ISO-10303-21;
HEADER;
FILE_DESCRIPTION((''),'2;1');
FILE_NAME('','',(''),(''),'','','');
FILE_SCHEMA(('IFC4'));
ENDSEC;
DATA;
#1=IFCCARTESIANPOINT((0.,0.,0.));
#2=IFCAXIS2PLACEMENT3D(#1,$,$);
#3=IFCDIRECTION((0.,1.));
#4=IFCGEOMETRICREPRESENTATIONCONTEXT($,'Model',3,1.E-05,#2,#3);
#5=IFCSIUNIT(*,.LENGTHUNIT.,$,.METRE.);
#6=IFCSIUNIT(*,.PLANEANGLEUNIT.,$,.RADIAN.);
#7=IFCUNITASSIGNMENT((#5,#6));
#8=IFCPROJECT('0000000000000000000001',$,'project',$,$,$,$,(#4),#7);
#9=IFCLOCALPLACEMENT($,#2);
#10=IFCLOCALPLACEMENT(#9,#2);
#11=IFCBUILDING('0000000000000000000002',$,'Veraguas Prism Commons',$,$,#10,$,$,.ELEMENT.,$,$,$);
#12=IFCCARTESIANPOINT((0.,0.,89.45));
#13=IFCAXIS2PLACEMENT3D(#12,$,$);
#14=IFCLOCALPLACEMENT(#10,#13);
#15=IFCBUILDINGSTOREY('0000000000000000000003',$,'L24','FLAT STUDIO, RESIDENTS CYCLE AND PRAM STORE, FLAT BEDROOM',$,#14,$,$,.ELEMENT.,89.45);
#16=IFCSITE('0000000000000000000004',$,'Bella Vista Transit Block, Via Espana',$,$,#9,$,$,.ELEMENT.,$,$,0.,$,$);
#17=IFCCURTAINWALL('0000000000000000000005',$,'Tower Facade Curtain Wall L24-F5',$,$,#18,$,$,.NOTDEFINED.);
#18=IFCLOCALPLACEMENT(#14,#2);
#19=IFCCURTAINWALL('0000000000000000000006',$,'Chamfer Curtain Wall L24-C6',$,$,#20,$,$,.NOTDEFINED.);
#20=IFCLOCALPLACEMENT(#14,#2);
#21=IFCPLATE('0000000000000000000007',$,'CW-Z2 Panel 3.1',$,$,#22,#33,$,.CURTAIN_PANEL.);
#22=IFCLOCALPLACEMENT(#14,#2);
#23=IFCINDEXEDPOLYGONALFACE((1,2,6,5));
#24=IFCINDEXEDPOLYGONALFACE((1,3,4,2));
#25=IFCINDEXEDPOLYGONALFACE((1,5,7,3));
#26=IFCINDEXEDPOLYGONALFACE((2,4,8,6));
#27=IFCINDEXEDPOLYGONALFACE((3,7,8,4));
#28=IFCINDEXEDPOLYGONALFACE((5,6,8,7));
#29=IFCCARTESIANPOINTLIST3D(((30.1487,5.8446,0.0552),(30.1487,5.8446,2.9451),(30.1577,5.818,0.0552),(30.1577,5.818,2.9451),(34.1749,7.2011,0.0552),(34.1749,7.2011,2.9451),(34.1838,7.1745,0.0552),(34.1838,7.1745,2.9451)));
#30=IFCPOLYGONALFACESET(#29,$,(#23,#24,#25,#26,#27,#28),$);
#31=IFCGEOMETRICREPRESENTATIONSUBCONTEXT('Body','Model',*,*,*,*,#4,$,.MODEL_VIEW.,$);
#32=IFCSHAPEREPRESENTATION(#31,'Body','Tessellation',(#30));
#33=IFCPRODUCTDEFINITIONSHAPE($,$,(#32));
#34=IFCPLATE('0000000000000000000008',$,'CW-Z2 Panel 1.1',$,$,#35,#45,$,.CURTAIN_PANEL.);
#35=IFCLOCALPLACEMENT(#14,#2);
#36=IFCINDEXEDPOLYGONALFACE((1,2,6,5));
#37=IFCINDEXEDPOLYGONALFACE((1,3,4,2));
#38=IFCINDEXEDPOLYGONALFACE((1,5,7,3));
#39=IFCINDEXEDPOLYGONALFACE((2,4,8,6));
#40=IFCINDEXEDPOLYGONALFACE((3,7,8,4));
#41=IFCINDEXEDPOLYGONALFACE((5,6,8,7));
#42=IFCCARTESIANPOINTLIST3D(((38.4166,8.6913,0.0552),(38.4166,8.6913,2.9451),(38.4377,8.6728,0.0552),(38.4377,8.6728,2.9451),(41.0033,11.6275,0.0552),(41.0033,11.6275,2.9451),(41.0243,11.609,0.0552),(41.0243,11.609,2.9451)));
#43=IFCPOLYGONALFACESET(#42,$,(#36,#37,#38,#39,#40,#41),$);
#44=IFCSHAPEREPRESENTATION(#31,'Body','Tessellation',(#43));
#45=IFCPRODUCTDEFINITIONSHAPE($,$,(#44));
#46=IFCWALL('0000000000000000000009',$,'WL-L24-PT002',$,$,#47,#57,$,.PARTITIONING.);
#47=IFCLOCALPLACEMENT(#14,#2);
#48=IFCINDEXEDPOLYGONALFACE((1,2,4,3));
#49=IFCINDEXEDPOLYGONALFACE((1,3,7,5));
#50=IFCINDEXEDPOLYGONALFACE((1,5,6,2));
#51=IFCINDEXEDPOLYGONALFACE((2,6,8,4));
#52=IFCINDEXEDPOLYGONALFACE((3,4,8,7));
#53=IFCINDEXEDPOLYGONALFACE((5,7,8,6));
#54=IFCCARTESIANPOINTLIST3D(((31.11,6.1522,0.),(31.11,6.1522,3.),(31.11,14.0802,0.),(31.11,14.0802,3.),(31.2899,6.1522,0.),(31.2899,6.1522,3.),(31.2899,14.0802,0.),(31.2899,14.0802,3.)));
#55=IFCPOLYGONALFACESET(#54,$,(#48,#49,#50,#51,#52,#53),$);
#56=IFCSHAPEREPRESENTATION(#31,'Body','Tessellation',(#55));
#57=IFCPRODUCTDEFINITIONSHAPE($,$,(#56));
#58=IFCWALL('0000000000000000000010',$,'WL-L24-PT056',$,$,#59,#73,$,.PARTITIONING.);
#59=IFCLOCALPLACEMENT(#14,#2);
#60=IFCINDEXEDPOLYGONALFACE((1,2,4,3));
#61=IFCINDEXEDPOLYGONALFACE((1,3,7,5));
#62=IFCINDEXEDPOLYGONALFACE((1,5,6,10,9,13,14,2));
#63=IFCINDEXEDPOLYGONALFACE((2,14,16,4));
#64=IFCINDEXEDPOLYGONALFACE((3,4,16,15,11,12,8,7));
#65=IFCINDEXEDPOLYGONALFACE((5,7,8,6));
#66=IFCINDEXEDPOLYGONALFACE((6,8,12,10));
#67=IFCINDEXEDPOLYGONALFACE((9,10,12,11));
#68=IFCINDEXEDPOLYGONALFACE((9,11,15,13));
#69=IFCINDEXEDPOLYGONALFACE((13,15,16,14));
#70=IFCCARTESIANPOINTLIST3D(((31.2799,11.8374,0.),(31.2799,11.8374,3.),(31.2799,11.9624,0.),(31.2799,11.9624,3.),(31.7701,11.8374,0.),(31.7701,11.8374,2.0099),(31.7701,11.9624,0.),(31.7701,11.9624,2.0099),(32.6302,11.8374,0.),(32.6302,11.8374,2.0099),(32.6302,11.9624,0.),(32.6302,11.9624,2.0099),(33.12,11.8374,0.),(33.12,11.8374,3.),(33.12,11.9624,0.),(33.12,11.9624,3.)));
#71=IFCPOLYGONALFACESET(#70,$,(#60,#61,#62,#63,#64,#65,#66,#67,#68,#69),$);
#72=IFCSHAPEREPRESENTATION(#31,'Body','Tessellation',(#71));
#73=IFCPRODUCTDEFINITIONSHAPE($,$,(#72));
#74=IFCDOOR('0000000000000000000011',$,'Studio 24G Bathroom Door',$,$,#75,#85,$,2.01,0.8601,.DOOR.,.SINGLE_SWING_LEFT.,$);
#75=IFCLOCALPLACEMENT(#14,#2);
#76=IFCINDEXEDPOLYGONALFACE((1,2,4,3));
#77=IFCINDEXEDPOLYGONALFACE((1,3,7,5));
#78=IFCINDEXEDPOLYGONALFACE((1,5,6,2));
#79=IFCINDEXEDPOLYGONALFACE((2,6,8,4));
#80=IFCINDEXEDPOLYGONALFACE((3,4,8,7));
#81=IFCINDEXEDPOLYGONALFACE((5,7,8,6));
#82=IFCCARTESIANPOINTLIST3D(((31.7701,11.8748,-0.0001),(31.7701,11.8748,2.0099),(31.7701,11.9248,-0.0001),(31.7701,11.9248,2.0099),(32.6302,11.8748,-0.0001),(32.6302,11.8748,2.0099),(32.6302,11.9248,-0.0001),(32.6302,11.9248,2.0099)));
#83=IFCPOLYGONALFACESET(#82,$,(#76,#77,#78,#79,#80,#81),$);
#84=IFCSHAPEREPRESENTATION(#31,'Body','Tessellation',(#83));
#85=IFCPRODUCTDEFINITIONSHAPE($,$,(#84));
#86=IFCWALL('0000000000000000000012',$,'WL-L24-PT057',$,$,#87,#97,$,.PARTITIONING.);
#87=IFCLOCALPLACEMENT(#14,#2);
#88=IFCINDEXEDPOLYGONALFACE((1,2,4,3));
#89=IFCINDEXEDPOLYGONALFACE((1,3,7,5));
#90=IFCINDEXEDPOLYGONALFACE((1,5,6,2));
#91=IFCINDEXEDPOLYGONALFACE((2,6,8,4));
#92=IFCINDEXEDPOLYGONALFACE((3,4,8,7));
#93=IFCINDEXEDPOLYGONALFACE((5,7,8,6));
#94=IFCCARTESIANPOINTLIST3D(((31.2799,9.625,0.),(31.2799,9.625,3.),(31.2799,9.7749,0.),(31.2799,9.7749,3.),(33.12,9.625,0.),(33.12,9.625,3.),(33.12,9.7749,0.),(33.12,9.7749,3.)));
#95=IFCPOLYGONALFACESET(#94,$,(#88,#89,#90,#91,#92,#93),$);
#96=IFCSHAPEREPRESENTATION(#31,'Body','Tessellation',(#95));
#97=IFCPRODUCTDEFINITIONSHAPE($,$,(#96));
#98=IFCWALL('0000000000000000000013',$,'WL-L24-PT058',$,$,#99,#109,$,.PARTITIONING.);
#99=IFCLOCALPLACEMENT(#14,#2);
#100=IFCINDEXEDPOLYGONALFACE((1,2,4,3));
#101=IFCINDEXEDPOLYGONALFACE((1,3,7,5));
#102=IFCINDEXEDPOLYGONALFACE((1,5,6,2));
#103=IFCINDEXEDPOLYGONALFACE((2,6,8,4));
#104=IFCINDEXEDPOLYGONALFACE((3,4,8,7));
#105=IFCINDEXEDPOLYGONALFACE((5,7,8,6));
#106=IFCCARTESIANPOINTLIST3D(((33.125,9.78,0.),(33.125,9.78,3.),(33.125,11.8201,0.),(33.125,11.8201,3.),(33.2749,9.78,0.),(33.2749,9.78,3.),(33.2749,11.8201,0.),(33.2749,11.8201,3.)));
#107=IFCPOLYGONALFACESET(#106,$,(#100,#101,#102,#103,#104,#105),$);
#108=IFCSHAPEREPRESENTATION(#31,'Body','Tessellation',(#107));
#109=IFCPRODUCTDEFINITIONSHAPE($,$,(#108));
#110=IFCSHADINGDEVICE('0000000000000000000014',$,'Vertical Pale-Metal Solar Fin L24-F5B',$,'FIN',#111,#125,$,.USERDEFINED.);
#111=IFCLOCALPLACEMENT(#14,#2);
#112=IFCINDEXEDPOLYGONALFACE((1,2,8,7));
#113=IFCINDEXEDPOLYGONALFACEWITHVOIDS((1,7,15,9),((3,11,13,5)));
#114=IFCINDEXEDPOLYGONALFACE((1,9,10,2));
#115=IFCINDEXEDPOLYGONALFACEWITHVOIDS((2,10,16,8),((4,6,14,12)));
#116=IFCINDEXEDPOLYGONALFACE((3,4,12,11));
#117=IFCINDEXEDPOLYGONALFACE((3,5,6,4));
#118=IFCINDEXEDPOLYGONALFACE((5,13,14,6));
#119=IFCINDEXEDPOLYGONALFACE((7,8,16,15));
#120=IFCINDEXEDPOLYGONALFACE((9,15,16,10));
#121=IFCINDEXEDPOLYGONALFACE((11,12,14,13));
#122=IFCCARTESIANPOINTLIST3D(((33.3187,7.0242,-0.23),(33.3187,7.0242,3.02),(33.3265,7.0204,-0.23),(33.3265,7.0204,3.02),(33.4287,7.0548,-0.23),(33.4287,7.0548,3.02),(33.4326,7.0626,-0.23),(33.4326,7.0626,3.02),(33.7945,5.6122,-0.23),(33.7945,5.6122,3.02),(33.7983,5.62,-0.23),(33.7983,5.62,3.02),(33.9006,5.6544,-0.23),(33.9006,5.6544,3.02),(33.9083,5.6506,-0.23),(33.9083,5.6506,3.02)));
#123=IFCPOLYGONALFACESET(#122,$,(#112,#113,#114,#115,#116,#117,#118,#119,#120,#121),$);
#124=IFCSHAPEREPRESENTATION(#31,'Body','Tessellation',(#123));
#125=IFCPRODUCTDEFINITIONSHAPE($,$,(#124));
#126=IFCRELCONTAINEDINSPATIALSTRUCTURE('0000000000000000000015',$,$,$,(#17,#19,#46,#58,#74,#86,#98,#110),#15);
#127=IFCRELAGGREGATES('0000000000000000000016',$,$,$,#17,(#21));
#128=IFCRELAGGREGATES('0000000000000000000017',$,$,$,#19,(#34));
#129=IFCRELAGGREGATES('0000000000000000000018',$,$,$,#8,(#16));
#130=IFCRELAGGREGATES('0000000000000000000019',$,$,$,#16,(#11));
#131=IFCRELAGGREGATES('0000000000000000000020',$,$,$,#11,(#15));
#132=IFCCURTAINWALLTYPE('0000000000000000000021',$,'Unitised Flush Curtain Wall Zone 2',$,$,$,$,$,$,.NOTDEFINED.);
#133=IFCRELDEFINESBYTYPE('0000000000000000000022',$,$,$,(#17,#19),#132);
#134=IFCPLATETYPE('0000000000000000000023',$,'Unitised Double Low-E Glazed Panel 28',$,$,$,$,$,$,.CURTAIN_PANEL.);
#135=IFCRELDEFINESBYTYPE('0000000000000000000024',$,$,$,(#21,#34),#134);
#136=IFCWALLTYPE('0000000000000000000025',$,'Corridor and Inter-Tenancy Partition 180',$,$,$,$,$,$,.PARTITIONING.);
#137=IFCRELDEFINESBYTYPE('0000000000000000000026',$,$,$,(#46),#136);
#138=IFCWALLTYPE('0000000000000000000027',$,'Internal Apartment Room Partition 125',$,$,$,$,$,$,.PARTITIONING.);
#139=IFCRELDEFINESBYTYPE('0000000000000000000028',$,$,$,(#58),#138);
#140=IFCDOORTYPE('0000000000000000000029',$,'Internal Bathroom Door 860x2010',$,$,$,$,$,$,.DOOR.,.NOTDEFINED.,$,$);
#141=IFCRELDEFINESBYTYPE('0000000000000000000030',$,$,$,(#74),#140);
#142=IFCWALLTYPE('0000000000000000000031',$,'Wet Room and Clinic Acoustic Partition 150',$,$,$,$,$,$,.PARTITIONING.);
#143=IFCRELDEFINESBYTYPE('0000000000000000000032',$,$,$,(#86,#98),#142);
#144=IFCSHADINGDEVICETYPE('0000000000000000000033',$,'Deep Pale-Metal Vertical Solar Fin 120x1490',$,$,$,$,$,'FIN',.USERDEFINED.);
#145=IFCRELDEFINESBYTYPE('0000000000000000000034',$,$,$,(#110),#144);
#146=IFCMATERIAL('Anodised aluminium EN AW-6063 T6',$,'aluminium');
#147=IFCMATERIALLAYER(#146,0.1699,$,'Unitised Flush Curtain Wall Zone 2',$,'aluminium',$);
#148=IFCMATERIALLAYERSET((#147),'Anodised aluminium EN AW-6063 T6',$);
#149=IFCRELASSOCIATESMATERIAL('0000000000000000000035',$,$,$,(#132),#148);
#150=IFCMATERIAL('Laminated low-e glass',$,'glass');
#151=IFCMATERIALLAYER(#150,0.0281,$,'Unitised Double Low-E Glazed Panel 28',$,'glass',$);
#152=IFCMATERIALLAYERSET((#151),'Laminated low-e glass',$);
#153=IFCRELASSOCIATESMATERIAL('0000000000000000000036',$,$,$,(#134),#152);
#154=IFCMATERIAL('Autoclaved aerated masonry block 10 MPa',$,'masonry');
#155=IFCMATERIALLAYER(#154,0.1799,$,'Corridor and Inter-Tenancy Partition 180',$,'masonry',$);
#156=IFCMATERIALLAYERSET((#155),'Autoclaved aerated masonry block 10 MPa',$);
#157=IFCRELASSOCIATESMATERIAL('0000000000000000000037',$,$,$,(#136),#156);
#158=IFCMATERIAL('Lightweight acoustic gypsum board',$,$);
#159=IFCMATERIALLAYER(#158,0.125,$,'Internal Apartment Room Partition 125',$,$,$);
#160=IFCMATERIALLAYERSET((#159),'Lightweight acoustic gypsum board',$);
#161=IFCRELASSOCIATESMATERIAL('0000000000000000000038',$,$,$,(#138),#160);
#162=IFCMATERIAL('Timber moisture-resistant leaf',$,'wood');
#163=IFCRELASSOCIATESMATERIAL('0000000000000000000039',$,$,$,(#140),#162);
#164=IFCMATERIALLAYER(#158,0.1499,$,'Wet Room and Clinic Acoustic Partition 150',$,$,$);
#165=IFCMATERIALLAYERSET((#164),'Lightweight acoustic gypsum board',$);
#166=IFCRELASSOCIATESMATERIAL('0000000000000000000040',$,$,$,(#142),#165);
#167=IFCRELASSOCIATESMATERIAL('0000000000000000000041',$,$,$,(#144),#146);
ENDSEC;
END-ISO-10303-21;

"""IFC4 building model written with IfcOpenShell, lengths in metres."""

from ifc_helpers import new_model, si_unit, direction, frame, frame_2d, origin, origin_2d, place, context, subcontext, project, spatial, rectangle, hollow_rectangle, extrude, source, transform, mapped, material, layer, layer_set, material_profile, profile_set, type_object, element, fill, aggregate, save


model = new_model("IFC4")

# Units and contexts
model_context = context("Model", 3, precision=1e-05, world=origin(), true_north=direction((0.0, 1.0)))
body_context = subcontext(model_context, "Body", "Model", "MODEL_VIEW")
ifc_project = project(units=[si_unit("LENGTHUNIT", "METRE"), si_unit("PLANEANGLEUNIT", "RADIAN")], contexts=[model_context])

# Site, building, storey
site_placement = place(None, origin())
site = spatial("IfcSite", under=ifc_project, at=site_placement, Name="Bella Vista Transit Block, Via Espana", CompositionType="ELEMENT", RefElevation=0.0)
building_placement = place(site_placement, origin())
building = spatial("IfcBuilding", under=site, at=building_placement, Name="Veraguas Prism Commons", CompositionType="ELEMENT")
storey_placement = place(building_placement, frame((0.0, 0.0, 89.45)))
storey = spatial("IfcBuildingStorey", under=building, at=storey_placement, Name="L24", Description="FLAT STUDIO, RESIDENTS CYCLE AND PRAM STORE, FLAT BEDROOM", CompositionType="ELEMENT", Elevation=89.45)

# Curtain wall
ifc_material_1 = material(Name="Anodised aluminium EN AW-6063 T6", Category="aluminium")
ifc_layer_1 = layer(ifc_material_1, 0.1699, Name="Unitised Flush Curtain Wall Zone 2", Category="aluminium")
ifc_layer_set_1 = layer_set([ifc_layer_1], Name="Anodised aluminium EN AW-6063 T6")
curtain_wall_type = type_object("IfcCurtainWallType", Name="Unitised Flush Curtain Wall Zone 2", PredefinedType="NOTDEFINED", material=ifc_layer_set_1)
curtain_wall_1_placement = place(storey_placement, origin())
curtain_wall_1 = element("IfcCurtainWall", 1, at=curtain_wall_1_placement, inside=storey, type_object=curtain_wall_type, Name="Tower Facade Curtain Wall L24-F5", PredefinedType="NOTDEFINED")

# Curtain wall
curtain_wall_2_placement = place(storey_placement, origin())
curtain_wall_2 = element("IfcCurtainWall", 2, at=curtain_wall_2_placement, inside=storey, type_object=curtain_wall_type, Name="Chamfer Curtain Wall L24-C6", PredefinedType="NOTDEFINED")

# Plates
ifc_material_2 = material(Name="Laminated low-e glass", Category="glass")
ifc_layer_2 = layer(ifc_material_2, 0.0281, Name="Unitised Double Low-E Glazed Panel 28", Category="glass")
ifc_layer_set_2 = layer_set([ifc_layer_2], Name="Laminated low-e glass")
plate_type = type_object("IfcPlateType", Name="Unitised Double Low-E Glazed Panel 28", PredefinedType="CURTAIN_PANEL", material=ifc_layer_set_2)
shared_shape_1 = source(origin(), body_context, "Body", "SweptSolid", [
    extrude(rectangle(XDim=4.2485, YDim=0.0281, at=origin_2d()), origin(), (0.0, 0.0, 1.0), 2.8899),
])
plate_1_placement = place(storey_placement, frame((32.1663, 6.5095, 0.0552), z_axis=(0.0, 0.0, 1.0), x_axis=(0.947659, 0.319284, 0.0)))
plate_1 = element("IfcPlate", 3, at=plate_1_placement, type_object=plate_type, Name="CW-Z2 Panel 3.1", PredefinedType="CURTAIN_PANEL", context=body_context, shape_type="MappedRepresentation", body=[
    mapped(shared_shape_1, transform((0.0, 0.0, 0.0), scale=1.0)),
])
aggregate(curtain_wall_1, [plate_1])
shared_shape_2 = source(origin(), body_context, "Body", "SweptSolid", [
    extrude(rectangle(XDim=3.9131, YDim=0.0281, at=origin_2d()), origin(), (0.0, 0.0, 1.0), 2.8899),
])
plate_2_placement = place(storey_placement, frame((39.7205, 10.1501, 0.0552), z_axis=(0.0, 0.0, 1.0), x_axis=(0.661026, 0.750363, 0.0)))
plate_2 = element("IfcPlate", 4, at=plate_2_placement, type_object=plate_type, Name="CW-Z2 Panel 1.1", PredefinedType="CURTAIN_PANEL", context=body_context, shape_type="MappedRepresentation", body=[
    mapped(shared_shape_2, transform((0.0, 0.0, 0.0), scale=1.0)),
])
aggregate(curtain_wall_2, [plate_2])

# Wall
ifc_material_3 = material(Name="Autoclaved aerated masonry block 10 MPa", Category="masonry")
ifc_layer_3 = layer(ifc_material_3, 0.1799, Name="Corridor and Inter-Tenancy Partition 180", Category="masonry")
ifc_layer_set_3 = layer_set([ifc_layer_3], Name="Autoclaved aerated masonry block 10 MPa")
wall_type_1 = type_object("IfcWallType", Name="Corridor and Inter-Tenancy Partition 180", PredefinedType="PARTITIONING", material=ifc_layer_set_3)
wall_1_placement = place(storey_placement, frame((31.2, 14.0801, 0.0), z_axis=(0.0, 0.0, 1.0), x_axis=(0.0, -1.0, 0.0)))
element("IfcWall", 5, at=wall_1_placement, inside=storey, type_object=wall_type_1, Name="WL-L24-PT002", PredefinedType="PARTITIONING", context=body_context, shape_type="SweptSolid", body=[
    extrude(rectangle(XDim=7.928, YDim=0.1799, at=frame_2d((3.9639, 0.0))), origin(), (0.0, 0.0, 1.0), 3.0),
])

# Wall, opening, door
ifc_material_4 = material(Name="Lightweight acoustic gypsum board")
ifc_layer_4 = layer(ifc_material_4, 0.125, Name="Internal Apartment Room Partition 125")
ifc_layer_set_4 = layer_set([ifc_layer_4], Name="Lightweight acoustic gypsum board")
wall_type_2 = type_object("IfcWallType", Name="Internal Apartment Room Partition 125", PredefinedType="PARTITIONING", material=ifc_layer_set_4)
wall_2_placement = place(storey_placement, frame((31.28, 11.8999, 0.0), z_axis=(0.0, 0.0, 1.0), x_axis=(1.0, 0.0, 0.0)))
wall_2 = element("IfcWall", 6, at=wall_2_placement, inside=storey, type_object=wall_type_2, Name="WL-L24-PT056", PredefinedType="PARTITIONING", context=body_context, shape_type="SweptSolid", body=[
    extrude(rectangle(XDim=1.8401, YDim=0.125, at=frame_2d((0.9199, 0.0))), origin(), (0.0, 0.0, 1.0), 3.0),
])
opening_placement = place(wall_2_placement, frame((0.49, 0.0, 0.0)))
opening = element("IfcOpeningElement", 7, at=opening_placement, cuts=wall_2, PredefinedType="OPENING", context=body_context, shape_type="SweptSolid", body=[
    extrude(rectangle(XDim=0.8601, YDim=2.01, at=frame_2d((0.4302, 1.0049))), frame((0.0, 0.0725, 0.0), z_axis=(0.0, -1.0, 0.0), x_axis=(1.0, 0.0, 0.0)), (0.0, 0.0, 1.0), 0.145),
])
ifc_material_5 = material(Name="Timber moisture-resistant leaf", Category="wood")
door_type = type_object("IfcDoorType", Name="Internal Bathroom Door 860x2010", OperationType="NOTDEFINED", PredefinedType="DOOR", material=ifc_material_5)
shared_shape_3 = source(origin(), body_context, "Body", "SweptSolid", [
    extrude(rectangle(XDim=0.8601, YDim=2.01, at=frame_2d((0.4302, 1.0049))), frame((0.0, 0.0249, 0.0), z_axis=(0.0, -1.0, 0.0), x_axis=(1.0, 0.0, 0.0)), (0.0, 0.0, 1.0), 0.05),
])
door_placement = place(opening_placement, origin())
door = element("IfcDoor", 8, at=door_placement, inside=storey, type_object=door_type, Name="Studio 24G Bathroom Door", OperationType="SINGLE_SWING_LEFT", OverallHeight=2.01, OverallWidth=0.8601, PredefinedType="DOOR", context=body_context, shape_type="MappedRepresentation", body=[
    mapped(shared_shape_3, transform((0.0, 0.0, 0.0), scale=1.0)),
])
fill(opening, door)

# Walls
ifc_layer_5 = layer(ifc_material_4, 0.1499, Name="Wet Room and Clinic Acoustic Partition 150")
ifc_layer_set_5 = layer_set([ifc_layer_5], Name="Lightweight acoustic gypsum board")
wall_type_3 = type_object("IfcWallType", Name="Wet Room and Clinic Acoustic Partition 150", PredefinedType="PARTITIONING", material=ifc_layer_set_5)
wall_3_placement = place(storey_placement, frame((31.28, 9.7, 0.0), z_axis=(0.0, 0.0, 1.0), x_axis=(1.0, 0.0, 0.0)))
element("IfcWall", 9, at=wall_3_placement, inside=storey, type_object=wall_type_3, Name="WL-L24-PT057", PredefinedType="PARTITIONING", context=body_context, shape_type="SweptSolid", body=[
    extrude(rectangle(XDim=1.8401, YDim=0.1499, at=frame_2d((0.9199, 0.0))), origin(), (0.0, 0.0, 1.0), 3.0),
])
wall_4_placement = place(storey_placement, frame((33.2, 9.78, 0.0), z_axis=(0.0, 0.0, 1.0), x_axis=(0.0, 1.0, 0.0)))
element("IfcWall", 10, at=wall_4_placement, inside=storey, type_object=wall_type_3, Name="WL-L24-PT058", PredefinedType="PARTITIONING", context=body_context, shape_type="SweptSolid", body=[
    extrude(rectangle(XDim=2.04, YDim=0.1499, at=frame_2d((1.02, 0.0))), origin(), (0.0, 0.0, 1.0), 3.0),
])

# Shading device
ifc_material_profile_1 = material_profile(ifc_material_1, hollow_rectangle(XDim=0.1201, YDim=1.49, WallThickness=0.0061, at=origin_2d()), Name="FIN120X1490X6")
ifc_profile_set_1 = profile_set([ifc_material_profile_1], Name="Anodised aluminium EN AW-6063 T6")
shading_device_type = type_object("IfcShadingDeviceType", Name="Deep Pale-Metal Vertical Solar Fin 120x1490", ElementType="FIN", PredefinedType="USERDEFINED", material=ifc_profile_set_1)
shading_device_placement = place(storey_placement, frame((33.6135, 6.3374, -0.23), z_axis=(0.0, 0.0, 1.0), x_axis=(0.947659, 0.319285, 0.0)))
element("IfcShadingDevice", 11, at=shading_device_placement, inside=storey, type_object=shading_device_type, Name="Vertical Pale-Metal Solar Fin L24-F5B", ObjectType="FIN", PredefinedType="USERDEFINED", context=body_context, shape_type="SweptSolid", body=[
    extrude(hollow_rectangle(XDim=0.1201, YDim=1.49, WallThickness=0.0061, at=origin_2d()), origin(), (0.0, 0.0, 1.0), 3.25),
])

save(model, "model.ifc")
